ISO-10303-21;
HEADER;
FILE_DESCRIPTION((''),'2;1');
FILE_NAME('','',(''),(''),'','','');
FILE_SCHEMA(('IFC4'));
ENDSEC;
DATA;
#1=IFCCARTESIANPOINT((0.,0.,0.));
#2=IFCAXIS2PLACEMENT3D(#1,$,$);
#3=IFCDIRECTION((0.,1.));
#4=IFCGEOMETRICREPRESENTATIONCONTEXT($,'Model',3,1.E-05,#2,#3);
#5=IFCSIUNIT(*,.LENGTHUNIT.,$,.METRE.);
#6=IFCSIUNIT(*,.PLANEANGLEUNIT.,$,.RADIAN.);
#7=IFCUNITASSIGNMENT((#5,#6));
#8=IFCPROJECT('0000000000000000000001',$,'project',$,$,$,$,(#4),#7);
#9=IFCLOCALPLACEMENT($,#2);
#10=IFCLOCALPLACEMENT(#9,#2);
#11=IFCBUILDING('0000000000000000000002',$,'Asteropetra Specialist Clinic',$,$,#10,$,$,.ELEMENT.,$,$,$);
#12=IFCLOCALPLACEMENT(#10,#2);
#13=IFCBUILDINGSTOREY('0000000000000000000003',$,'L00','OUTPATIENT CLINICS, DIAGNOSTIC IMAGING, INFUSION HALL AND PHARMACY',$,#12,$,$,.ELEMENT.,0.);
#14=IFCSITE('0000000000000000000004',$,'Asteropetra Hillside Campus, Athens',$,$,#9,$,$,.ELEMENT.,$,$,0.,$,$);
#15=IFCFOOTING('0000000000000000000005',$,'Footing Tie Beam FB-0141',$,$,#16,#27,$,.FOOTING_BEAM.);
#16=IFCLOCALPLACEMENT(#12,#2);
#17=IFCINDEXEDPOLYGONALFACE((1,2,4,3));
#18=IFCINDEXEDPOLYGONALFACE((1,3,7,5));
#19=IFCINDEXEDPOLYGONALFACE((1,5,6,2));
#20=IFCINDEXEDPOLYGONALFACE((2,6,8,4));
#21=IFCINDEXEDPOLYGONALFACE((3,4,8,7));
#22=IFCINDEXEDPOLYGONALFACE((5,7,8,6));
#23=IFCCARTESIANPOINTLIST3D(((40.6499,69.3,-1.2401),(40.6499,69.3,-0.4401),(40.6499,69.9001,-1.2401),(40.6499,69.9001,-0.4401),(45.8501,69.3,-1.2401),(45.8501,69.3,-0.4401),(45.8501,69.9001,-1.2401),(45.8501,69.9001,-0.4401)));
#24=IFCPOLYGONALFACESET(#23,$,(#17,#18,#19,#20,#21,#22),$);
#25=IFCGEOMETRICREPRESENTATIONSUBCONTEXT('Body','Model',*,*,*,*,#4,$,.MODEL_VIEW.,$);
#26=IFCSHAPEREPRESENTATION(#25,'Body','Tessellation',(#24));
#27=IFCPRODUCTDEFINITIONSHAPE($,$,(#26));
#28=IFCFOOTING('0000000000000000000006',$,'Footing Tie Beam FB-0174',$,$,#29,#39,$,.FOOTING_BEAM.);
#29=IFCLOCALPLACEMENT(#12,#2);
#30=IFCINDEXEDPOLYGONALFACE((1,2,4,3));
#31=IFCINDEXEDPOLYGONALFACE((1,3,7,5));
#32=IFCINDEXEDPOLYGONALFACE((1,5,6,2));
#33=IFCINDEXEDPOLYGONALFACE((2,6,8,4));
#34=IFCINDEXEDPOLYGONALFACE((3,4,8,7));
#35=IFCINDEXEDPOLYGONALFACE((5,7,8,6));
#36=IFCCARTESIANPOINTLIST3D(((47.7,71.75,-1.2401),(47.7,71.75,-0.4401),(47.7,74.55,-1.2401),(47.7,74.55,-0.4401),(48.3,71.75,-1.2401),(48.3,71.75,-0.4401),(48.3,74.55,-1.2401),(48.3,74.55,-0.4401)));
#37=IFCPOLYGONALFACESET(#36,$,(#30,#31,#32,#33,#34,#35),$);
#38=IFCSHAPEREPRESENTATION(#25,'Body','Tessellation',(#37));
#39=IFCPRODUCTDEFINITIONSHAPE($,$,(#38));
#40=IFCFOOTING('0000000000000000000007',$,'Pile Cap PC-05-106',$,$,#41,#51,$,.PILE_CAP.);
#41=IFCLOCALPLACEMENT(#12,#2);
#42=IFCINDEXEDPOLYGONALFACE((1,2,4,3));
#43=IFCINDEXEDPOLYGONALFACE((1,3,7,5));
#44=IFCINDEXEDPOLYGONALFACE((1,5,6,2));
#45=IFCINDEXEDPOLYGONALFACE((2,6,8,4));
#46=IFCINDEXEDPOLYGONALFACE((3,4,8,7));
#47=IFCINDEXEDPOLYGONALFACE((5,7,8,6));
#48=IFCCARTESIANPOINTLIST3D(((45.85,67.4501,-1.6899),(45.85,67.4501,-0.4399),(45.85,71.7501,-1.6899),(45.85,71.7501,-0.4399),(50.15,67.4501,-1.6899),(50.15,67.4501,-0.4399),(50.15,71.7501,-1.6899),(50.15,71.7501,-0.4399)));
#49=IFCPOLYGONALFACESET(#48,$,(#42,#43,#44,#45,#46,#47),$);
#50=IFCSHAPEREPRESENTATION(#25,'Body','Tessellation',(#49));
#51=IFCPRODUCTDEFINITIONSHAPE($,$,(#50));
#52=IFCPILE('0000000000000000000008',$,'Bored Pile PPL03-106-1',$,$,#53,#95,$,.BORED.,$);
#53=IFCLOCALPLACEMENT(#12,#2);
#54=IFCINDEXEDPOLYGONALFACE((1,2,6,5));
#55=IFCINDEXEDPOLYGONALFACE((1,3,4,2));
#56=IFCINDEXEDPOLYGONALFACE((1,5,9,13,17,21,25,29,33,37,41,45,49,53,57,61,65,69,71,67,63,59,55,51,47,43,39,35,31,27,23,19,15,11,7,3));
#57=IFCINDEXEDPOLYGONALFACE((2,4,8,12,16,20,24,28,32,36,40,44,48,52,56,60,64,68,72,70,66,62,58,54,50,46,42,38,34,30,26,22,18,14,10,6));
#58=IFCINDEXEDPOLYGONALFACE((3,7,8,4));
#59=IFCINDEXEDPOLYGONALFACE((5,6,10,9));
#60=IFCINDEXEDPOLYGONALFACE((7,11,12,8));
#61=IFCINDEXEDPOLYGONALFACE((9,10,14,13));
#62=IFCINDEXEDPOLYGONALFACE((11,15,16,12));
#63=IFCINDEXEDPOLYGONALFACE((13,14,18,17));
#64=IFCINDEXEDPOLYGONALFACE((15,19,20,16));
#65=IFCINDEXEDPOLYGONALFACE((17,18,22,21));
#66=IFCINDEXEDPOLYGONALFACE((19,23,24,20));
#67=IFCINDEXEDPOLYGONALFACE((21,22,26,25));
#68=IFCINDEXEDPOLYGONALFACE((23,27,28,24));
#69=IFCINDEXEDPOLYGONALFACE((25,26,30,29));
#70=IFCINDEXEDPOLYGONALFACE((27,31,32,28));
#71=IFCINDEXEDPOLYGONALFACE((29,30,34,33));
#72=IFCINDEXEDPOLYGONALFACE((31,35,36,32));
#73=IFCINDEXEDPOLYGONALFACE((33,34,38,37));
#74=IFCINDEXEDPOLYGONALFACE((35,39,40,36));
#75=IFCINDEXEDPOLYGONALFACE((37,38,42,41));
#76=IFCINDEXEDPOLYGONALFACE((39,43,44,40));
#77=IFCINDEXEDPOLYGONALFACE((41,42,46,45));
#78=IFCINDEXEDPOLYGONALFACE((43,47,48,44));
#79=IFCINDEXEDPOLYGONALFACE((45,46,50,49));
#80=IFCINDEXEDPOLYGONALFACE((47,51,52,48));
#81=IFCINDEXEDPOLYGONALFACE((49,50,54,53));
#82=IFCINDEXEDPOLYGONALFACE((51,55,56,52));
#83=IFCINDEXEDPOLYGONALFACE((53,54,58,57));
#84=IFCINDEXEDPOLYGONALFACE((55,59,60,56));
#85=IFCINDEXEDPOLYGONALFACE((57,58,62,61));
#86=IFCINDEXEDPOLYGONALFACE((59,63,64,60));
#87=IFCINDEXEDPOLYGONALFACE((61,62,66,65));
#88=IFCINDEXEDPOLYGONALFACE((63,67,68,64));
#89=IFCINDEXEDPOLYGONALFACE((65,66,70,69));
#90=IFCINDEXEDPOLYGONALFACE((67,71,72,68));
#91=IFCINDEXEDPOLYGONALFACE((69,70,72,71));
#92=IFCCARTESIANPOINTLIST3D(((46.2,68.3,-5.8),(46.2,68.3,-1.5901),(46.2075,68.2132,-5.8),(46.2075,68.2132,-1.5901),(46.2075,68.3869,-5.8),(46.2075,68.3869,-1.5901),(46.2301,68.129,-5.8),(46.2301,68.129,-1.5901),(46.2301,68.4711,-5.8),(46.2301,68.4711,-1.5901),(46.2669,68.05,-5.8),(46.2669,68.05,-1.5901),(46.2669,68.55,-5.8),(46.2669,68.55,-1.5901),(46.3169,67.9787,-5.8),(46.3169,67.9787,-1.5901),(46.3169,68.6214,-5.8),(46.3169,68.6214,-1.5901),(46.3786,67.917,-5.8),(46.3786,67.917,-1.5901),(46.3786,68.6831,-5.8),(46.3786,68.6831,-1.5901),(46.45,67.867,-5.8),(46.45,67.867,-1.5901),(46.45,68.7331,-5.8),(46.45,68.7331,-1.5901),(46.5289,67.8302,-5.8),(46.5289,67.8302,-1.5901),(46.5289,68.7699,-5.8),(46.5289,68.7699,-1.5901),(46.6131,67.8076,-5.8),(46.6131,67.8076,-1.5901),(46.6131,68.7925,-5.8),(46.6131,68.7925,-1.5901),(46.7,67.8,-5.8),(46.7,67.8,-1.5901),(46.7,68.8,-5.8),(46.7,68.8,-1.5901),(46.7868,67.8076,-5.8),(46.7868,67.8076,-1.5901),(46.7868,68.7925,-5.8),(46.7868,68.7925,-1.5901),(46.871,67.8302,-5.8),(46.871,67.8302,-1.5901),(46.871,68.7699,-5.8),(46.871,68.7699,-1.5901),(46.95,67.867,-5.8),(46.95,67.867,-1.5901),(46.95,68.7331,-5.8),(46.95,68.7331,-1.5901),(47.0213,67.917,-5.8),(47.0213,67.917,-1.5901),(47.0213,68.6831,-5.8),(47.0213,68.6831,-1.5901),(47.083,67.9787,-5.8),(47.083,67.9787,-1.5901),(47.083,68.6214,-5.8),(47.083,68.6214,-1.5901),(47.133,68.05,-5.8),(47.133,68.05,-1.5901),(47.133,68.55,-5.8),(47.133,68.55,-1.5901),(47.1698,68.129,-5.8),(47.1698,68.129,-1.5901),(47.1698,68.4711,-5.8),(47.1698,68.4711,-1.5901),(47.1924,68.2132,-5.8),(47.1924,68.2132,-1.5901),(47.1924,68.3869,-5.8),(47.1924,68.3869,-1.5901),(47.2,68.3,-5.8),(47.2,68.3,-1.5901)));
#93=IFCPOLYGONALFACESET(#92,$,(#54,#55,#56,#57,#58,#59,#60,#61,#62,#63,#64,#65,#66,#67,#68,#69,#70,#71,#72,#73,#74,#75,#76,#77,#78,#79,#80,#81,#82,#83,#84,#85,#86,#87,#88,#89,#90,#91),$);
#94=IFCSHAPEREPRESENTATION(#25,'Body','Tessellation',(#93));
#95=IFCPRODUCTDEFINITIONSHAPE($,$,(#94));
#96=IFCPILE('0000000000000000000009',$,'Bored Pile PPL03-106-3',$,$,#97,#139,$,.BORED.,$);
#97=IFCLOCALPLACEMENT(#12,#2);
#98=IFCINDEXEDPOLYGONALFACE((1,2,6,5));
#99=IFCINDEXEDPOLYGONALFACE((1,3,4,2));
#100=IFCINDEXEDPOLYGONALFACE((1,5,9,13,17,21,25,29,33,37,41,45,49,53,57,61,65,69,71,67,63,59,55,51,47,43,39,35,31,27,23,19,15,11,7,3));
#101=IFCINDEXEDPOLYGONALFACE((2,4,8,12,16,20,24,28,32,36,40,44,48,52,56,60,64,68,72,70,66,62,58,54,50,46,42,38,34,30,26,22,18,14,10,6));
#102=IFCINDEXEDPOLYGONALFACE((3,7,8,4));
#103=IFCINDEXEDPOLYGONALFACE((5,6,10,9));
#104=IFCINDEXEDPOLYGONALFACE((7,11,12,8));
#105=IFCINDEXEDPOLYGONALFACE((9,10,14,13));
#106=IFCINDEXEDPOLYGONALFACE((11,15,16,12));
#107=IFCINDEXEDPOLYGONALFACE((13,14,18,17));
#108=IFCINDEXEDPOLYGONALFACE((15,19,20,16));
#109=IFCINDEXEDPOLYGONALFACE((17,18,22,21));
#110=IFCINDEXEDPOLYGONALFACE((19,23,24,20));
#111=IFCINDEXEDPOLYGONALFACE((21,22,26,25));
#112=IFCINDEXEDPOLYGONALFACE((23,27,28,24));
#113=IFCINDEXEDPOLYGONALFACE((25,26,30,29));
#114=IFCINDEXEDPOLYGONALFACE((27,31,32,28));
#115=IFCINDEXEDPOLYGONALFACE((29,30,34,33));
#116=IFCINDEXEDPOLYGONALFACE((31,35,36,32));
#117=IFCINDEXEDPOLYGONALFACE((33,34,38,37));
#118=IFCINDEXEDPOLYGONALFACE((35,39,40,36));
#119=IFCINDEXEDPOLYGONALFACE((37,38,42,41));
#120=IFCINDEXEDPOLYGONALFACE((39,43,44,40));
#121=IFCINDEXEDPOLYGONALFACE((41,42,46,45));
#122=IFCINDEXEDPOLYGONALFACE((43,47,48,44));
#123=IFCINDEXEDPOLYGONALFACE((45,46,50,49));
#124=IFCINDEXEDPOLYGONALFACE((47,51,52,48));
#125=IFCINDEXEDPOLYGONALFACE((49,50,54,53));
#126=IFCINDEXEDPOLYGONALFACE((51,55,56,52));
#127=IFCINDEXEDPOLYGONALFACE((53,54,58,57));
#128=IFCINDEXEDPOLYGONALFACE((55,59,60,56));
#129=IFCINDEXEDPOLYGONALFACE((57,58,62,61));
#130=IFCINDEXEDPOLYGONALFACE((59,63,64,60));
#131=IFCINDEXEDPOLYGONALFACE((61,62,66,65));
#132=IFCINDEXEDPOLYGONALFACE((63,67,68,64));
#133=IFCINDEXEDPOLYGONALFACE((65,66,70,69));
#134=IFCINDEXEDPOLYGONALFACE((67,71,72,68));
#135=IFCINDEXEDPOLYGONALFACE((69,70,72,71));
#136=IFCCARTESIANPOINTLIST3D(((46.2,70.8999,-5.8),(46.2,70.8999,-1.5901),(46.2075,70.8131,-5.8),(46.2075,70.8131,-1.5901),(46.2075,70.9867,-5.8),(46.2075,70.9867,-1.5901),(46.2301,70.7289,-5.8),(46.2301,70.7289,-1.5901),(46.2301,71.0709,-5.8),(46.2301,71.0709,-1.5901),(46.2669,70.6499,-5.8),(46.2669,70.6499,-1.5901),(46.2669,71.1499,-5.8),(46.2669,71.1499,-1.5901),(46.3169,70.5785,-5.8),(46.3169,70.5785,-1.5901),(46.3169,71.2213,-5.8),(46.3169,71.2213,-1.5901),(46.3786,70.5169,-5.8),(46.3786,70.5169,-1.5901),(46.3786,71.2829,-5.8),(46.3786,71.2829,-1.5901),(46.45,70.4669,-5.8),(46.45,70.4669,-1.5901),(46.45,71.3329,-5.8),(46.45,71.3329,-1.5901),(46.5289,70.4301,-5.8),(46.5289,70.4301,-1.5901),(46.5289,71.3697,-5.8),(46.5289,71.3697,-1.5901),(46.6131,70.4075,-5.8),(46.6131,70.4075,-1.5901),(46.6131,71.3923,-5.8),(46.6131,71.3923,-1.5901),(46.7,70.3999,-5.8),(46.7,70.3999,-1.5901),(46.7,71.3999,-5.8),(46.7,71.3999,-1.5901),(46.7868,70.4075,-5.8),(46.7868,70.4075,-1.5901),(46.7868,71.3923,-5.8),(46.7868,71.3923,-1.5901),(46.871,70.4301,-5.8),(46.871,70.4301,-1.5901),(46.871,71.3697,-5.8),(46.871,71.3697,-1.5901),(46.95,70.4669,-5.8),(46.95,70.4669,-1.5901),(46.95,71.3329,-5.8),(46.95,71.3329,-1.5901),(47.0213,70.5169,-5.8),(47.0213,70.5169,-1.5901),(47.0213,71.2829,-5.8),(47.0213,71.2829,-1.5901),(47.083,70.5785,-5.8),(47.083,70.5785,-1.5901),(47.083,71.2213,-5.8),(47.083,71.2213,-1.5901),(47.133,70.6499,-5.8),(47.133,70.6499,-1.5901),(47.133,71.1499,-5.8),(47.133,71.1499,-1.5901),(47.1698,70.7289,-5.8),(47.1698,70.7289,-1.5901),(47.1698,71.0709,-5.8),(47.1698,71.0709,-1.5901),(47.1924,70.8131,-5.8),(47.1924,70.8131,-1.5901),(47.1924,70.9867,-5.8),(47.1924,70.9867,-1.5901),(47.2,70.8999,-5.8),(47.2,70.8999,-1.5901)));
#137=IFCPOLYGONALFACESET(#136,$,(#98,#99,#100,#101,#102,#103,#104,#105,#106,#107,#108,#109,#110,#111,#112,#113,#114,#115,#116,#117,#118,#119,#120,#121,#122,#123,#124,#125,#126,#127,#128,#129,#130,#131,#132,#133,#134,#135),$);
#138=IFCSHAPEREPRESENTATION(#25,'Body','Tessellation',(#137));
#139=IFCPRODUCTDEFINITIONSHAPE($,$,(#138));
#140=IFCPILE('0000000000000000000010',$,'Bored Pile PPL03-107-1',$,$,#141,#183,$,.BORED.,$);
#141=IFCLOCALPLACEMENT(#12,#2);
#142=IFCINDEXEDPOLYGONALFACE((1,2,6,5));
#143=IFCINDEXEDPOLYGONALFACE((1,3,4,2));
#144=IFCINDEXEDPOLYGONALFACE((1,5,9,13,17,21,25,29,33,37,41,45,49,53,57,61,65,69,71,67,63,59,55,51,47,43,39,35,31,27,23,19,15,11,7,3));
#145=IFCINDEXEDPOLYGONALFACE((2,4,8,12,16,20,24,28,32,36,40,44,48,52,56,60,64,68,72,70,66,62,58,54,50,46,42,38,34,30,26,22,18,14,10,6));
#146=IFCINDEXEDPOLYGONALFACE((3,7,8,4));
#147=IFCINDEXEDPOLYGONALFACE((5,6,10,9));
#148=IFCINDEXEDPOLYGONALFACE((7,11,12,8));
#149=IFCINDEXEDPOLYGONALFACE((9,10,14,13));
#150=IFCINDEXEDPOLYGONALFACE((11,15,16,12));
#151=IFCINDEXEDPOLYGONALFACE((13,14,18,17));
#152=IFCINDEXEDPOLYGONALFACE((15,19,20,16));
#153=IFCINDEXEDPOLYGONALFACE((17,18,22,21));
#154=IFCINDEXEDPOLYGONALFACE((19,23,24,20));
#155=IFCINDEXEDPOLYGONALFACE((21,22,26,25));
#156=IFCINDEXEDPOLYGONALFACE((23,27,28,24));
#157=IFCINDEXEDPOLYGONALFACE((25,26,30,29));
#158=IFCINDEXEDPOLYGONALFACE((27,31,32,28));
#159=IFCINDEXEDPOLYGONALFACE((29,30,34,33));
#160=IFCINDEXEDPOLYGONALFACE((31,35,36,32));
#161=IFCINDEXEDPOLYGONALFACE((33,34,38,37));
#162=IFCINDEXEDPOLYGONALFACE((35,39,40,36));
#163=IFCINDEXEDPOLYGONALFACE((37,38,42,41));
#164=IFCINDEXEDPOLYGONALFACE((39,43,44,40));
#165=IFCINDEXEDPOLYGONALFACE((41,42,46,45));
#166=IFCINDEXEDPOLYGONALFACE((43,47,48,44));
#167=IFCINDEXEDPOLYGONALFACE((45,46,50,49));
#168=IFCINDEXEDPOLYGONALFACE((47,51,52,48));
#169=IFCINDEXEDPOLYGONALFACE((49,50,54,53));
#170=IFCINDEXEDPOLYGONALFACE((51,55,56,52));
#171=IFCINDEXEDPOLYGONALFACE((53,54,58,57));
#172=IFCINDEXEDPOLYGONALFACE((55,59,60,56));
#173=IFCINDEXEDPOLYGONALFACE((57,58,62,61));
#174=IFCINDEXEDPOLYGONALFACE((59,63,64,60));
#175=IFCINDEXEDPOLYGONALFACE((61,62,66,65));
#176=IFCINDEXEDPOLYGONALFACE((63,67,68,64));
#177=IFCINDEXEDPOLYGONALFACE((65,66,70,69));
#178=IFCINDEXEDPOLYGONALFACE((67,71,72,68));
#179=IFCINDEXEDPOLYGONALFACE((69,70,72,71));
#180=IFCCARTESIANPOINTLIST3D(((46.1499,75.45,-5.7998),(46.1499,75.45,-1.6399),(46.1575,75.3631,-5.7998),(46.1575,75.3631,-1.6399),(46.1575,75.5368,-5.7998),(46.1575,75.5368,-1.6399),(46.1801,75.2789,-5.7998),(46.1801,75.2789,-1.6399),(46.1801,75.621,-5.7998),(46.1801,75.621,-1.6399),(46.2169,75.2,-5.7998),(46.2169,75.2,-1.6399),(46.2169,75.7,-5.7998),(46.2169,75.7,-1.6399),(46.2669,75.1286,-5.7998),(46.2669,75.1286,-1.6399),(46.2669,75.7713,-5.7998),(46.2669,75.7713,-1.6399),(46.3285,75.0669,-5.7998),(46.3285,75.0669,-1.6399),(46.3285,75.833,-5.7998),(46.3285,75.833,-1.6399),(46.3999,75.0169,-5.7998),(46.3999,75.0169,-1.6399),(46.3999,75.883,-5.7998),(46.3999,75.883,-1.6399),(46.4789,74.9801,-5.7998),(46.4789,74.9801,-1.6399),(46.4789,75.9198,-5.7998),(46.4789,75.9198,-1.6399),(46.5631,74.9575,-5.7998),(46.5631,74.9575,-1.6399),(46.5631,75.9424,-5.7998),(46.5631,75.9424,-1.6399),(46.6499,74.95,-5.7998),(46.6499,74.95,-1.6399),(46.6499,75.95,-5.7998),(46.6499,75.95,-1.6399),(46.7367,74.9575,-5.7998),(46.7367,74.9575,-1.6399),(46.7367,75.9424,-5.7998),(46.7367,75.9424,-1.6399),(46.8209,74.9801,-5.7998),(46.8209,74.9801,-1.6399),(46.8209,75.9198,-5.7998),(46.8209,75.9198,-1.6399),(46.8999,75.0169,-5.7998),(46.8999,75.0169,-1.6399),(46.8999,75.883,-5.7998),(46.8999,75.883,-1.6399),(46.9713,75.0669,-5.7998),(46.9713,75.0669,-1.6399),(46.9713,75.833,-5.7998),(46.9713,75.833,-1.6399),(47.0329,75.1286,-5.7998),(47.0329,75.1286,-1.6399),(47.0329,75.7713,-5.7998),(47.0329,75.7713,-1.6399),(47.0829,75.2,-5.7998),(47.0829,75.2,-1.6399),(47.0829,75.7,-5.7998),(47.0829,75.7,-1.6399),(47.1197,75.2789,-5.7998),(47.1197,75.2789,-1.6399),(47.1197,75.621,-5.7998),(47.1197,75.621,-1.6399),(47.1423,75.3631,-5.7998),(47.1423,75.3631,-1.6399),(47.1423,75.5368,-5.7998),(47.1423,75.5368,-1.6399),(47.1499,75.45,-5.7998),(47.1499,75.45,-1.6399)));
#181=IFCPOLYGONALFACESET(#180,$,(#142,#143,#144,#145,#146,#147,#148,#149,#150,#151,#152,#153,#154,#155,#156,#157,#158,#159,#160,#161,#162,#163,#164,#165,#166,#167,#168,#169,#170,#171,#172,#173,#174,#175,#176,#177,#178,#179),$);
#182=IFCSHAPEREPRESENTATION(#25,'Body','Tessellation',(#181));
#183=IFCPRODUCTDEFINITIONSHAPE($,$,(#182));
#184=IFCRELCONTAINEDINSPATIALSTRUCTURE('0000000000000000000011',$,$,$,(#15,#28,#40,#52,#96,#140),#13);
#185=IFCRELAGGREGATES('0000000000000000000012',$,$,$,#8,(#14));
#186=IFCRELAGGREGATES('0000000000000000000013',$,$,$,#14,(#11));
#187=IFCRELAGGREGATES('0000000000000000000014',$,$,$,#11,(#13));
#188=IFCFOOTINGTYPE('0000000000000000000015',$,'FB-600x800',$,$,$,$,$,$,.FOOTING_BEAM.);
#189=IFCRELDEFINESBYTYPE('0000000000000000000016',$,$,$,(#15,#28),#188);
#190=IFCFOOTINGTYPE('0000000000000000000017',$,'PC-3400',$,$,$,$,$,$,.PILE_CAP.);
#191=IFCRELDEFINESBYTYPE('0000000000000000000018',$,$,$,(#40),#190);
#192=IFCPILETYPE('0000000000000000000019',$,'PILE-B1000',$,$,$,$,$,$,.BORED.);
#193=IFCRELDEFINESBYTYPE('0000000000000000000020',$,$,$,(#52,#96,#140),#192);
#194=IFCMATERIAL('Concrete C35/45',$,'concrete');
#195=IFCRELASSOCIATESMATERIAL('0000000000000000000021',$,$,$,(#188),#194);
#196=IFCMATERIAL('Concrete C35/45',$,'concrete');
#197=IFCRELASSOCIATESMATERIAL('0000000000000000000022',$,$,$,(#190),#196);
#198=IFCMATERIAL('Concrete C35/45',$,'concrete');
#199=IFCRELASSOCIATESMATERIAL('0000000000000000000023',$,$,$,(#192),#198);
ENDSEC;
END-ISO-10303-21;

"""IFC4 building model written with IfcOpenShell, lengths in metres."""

from ifc_helpers import new_model, si_unit, direction, frame, origin, origin_2d, place, context, subcontext, project, spatial, rectangle, circle, extrude, material, material_profile, profile_set, type_object, element, save


model = new_model("IFC4")

# Units and contexts
model_context = context("Model", 3, precision=1e-05, world=origin(), true_north=direction((0.0, 1.0)))
body_context = subcontext(model_context, "Body", "Model", "MODEL_VIEW")
ifc_project = project(units=[si_unit("LENGTHUNIT", "METRE"), si_unit("PLANEANGLEUNIT", "RADIAN")], contexts=[model_context])

# Site, building, storey
site_placement = place(None, origin())
site = spatial("IfcSite", under=ifc_project, at=site_placement, Name="Asteropetra Hillside Campus, Athens", CompositionType="ELEMENT", RefElevation=0.0)
building_placement = place(site_placement, origin())
building = spatial("IfcBuilding", under=site, at=building_placement, Name="Asteropetra Specialist Clinic", CompositionType="ELEMENT")
storey_placement = place(building_placement, origin())
storey = spatial("IfcBuildingStorey", under=building, at=storey_placement, Name="L00", Description="OUTPATIENT CLINICS, DIAGNOSTIC IMAGING, INFUSION HALL AND PHARMACY", CompositionType="ELEMENT", Elevation=0.0)

# Footings
ifc_material_1 = material(Name="Concrete C35/45", Category="concrete")
ifc_material_profile_1 = material_profile(ifc_material_1, rectangle(XDim=0.6001, YDim=0.8, at=origin_2d()), Name="FB 600x800")
ifc_profile_set_1 = profile_set([ifc_material_profile_1], Name="Concrete C35/45")
footing_type_1 = type_object("IfcFootingType", Name="FB-600x800", PredefinedType="FOOTING_BEAM", material=ifc_profile_set_1)
footing_1_placement = place(storey_placement, frame((40.6499, 69.6001, -0.8401), z_axis=(1.0, 0.0, 0.0), x_axis=(0.0, 1.0, 0.0)))
element("IfcFooting", 1, at=footing_1_placement, inside=storey, type_object=footing_type_1, Name="Footing Tie Beam FB-0141", PredefinedType="FOOTING_BEAM", context=body_context, shape_type="SweptSolid", body=[
    extrude(rectangle(XDim=0.6001, YDim=0.8, at=origin_2d()), origin(), (0.0, 0.0, 1.0), 5.2002),
])
footing_2_placement = place(storey_placement, frame((48.0, 71.75, -0.8401), z_axis=(0.0, 1.0, 0.0), x_axis=(-1.0, 0.0, 0.0)))
element("IfcFooting", 2, at=footing_2_placement, inside=storey, type_object=footing_type_1, Name="Footing Tie Beam FB-0174", PredefinedType="FOOTING_BEAM", context=body_context, shape_type="SweptSolid", body=[
    extrude(rectangle(XDim=0.6001, YDim=0.8, at=origin_2d()), origin(), (0.0, 0.0, 1.0), 2.8),
])
ifc_material_2 = material(Name="Concrete C35/45", Category="concrete")
footing_type_2 = type_object("IfcFootingType", Name="PC-3400", PredefinedType="PILE_CAP", material=ifc_material_2)
footing_3_placement = place(storey_placement, frame((48.0, 69.6001, -1.6899), z_axis=(0.0, 0.0, 1.0), x_axis=(1.0, 0.0, 0.0)))
element("IfcFooting", 3, at=footing_3_placement, inside=storey, type_object=footing_type_2, Name="Pile Cap PC-05-106", PredefinedType="PILE_CAP", context=body_context, shape_type="SweptSolid", body=[
    extrude(rectangle(XDim=4.3, YDim=4.3, at=origin_2d()), origin(), (0.0, 0.0, 1.0), 1.25),
])

# Piles
ifc_material_3 = material(Name="Concrete C35/45", Category="concrete")
ifc_material_profile_2 = material_profile(ifc_material_3, circle(Radius=0.5, at=origin_2d()), Name="PILE D1000")
ifc_profile_set_2 = profile_set([ifc_material_profile_2], Name="Concrete C35/45")
pile_type = type_object("IfcPileType", Name="PILE-B1000", PredefinedType="BORED", material=ifc_profile_set_2)
for number, where, z_axis, x_axis, name in (
    (4, (46.7, 68.3, -1.5901), (0.0, 0.0, -1.0), (1.0, 0.0, 0.0), "Bored Pile PPL03-106-1"),
    (5, (46.7, 70.8999, -1.5901), (0.0, 0.0, -1.0), (1.0, 0.0, 0.0), "Bored Pile PPL03-106-3"),
):
    element("IfcPile", number, at=place(storey_placement, frame(where, z_axis=z_axis, x_axis=x_axis)), inside=storey, type_object=pile_type, Name=name, PredefinedType="BORED", context=body_context, shape_type="SweptSolid", body=[
        extrude(circle(Radius=0.5, at=origin_2d()), origin(), (0.0, 0.0, 1.0), 4.21),
    ])
pile_placement = place(storey_placement, frame((46.6499, 75.45, -1.6399), z_axis=(0.0, 0.0, -1.0), x_axis=(1.0, 0.0, 0.0)))
element("IfcPile", 6, at=pile_placement, inside=storey, type_object=pile_type, Name="Bored Pile PPL03-107-1", PredefinedType="BORED", context=body_context, shape_type="SweptSolid", body=[
    extrude(circle(Radius=0.5, at=origin_2d()), origin(), (0.0, 0.0, 1.0), 4.1599),
])

save(model, "model.ifc")
